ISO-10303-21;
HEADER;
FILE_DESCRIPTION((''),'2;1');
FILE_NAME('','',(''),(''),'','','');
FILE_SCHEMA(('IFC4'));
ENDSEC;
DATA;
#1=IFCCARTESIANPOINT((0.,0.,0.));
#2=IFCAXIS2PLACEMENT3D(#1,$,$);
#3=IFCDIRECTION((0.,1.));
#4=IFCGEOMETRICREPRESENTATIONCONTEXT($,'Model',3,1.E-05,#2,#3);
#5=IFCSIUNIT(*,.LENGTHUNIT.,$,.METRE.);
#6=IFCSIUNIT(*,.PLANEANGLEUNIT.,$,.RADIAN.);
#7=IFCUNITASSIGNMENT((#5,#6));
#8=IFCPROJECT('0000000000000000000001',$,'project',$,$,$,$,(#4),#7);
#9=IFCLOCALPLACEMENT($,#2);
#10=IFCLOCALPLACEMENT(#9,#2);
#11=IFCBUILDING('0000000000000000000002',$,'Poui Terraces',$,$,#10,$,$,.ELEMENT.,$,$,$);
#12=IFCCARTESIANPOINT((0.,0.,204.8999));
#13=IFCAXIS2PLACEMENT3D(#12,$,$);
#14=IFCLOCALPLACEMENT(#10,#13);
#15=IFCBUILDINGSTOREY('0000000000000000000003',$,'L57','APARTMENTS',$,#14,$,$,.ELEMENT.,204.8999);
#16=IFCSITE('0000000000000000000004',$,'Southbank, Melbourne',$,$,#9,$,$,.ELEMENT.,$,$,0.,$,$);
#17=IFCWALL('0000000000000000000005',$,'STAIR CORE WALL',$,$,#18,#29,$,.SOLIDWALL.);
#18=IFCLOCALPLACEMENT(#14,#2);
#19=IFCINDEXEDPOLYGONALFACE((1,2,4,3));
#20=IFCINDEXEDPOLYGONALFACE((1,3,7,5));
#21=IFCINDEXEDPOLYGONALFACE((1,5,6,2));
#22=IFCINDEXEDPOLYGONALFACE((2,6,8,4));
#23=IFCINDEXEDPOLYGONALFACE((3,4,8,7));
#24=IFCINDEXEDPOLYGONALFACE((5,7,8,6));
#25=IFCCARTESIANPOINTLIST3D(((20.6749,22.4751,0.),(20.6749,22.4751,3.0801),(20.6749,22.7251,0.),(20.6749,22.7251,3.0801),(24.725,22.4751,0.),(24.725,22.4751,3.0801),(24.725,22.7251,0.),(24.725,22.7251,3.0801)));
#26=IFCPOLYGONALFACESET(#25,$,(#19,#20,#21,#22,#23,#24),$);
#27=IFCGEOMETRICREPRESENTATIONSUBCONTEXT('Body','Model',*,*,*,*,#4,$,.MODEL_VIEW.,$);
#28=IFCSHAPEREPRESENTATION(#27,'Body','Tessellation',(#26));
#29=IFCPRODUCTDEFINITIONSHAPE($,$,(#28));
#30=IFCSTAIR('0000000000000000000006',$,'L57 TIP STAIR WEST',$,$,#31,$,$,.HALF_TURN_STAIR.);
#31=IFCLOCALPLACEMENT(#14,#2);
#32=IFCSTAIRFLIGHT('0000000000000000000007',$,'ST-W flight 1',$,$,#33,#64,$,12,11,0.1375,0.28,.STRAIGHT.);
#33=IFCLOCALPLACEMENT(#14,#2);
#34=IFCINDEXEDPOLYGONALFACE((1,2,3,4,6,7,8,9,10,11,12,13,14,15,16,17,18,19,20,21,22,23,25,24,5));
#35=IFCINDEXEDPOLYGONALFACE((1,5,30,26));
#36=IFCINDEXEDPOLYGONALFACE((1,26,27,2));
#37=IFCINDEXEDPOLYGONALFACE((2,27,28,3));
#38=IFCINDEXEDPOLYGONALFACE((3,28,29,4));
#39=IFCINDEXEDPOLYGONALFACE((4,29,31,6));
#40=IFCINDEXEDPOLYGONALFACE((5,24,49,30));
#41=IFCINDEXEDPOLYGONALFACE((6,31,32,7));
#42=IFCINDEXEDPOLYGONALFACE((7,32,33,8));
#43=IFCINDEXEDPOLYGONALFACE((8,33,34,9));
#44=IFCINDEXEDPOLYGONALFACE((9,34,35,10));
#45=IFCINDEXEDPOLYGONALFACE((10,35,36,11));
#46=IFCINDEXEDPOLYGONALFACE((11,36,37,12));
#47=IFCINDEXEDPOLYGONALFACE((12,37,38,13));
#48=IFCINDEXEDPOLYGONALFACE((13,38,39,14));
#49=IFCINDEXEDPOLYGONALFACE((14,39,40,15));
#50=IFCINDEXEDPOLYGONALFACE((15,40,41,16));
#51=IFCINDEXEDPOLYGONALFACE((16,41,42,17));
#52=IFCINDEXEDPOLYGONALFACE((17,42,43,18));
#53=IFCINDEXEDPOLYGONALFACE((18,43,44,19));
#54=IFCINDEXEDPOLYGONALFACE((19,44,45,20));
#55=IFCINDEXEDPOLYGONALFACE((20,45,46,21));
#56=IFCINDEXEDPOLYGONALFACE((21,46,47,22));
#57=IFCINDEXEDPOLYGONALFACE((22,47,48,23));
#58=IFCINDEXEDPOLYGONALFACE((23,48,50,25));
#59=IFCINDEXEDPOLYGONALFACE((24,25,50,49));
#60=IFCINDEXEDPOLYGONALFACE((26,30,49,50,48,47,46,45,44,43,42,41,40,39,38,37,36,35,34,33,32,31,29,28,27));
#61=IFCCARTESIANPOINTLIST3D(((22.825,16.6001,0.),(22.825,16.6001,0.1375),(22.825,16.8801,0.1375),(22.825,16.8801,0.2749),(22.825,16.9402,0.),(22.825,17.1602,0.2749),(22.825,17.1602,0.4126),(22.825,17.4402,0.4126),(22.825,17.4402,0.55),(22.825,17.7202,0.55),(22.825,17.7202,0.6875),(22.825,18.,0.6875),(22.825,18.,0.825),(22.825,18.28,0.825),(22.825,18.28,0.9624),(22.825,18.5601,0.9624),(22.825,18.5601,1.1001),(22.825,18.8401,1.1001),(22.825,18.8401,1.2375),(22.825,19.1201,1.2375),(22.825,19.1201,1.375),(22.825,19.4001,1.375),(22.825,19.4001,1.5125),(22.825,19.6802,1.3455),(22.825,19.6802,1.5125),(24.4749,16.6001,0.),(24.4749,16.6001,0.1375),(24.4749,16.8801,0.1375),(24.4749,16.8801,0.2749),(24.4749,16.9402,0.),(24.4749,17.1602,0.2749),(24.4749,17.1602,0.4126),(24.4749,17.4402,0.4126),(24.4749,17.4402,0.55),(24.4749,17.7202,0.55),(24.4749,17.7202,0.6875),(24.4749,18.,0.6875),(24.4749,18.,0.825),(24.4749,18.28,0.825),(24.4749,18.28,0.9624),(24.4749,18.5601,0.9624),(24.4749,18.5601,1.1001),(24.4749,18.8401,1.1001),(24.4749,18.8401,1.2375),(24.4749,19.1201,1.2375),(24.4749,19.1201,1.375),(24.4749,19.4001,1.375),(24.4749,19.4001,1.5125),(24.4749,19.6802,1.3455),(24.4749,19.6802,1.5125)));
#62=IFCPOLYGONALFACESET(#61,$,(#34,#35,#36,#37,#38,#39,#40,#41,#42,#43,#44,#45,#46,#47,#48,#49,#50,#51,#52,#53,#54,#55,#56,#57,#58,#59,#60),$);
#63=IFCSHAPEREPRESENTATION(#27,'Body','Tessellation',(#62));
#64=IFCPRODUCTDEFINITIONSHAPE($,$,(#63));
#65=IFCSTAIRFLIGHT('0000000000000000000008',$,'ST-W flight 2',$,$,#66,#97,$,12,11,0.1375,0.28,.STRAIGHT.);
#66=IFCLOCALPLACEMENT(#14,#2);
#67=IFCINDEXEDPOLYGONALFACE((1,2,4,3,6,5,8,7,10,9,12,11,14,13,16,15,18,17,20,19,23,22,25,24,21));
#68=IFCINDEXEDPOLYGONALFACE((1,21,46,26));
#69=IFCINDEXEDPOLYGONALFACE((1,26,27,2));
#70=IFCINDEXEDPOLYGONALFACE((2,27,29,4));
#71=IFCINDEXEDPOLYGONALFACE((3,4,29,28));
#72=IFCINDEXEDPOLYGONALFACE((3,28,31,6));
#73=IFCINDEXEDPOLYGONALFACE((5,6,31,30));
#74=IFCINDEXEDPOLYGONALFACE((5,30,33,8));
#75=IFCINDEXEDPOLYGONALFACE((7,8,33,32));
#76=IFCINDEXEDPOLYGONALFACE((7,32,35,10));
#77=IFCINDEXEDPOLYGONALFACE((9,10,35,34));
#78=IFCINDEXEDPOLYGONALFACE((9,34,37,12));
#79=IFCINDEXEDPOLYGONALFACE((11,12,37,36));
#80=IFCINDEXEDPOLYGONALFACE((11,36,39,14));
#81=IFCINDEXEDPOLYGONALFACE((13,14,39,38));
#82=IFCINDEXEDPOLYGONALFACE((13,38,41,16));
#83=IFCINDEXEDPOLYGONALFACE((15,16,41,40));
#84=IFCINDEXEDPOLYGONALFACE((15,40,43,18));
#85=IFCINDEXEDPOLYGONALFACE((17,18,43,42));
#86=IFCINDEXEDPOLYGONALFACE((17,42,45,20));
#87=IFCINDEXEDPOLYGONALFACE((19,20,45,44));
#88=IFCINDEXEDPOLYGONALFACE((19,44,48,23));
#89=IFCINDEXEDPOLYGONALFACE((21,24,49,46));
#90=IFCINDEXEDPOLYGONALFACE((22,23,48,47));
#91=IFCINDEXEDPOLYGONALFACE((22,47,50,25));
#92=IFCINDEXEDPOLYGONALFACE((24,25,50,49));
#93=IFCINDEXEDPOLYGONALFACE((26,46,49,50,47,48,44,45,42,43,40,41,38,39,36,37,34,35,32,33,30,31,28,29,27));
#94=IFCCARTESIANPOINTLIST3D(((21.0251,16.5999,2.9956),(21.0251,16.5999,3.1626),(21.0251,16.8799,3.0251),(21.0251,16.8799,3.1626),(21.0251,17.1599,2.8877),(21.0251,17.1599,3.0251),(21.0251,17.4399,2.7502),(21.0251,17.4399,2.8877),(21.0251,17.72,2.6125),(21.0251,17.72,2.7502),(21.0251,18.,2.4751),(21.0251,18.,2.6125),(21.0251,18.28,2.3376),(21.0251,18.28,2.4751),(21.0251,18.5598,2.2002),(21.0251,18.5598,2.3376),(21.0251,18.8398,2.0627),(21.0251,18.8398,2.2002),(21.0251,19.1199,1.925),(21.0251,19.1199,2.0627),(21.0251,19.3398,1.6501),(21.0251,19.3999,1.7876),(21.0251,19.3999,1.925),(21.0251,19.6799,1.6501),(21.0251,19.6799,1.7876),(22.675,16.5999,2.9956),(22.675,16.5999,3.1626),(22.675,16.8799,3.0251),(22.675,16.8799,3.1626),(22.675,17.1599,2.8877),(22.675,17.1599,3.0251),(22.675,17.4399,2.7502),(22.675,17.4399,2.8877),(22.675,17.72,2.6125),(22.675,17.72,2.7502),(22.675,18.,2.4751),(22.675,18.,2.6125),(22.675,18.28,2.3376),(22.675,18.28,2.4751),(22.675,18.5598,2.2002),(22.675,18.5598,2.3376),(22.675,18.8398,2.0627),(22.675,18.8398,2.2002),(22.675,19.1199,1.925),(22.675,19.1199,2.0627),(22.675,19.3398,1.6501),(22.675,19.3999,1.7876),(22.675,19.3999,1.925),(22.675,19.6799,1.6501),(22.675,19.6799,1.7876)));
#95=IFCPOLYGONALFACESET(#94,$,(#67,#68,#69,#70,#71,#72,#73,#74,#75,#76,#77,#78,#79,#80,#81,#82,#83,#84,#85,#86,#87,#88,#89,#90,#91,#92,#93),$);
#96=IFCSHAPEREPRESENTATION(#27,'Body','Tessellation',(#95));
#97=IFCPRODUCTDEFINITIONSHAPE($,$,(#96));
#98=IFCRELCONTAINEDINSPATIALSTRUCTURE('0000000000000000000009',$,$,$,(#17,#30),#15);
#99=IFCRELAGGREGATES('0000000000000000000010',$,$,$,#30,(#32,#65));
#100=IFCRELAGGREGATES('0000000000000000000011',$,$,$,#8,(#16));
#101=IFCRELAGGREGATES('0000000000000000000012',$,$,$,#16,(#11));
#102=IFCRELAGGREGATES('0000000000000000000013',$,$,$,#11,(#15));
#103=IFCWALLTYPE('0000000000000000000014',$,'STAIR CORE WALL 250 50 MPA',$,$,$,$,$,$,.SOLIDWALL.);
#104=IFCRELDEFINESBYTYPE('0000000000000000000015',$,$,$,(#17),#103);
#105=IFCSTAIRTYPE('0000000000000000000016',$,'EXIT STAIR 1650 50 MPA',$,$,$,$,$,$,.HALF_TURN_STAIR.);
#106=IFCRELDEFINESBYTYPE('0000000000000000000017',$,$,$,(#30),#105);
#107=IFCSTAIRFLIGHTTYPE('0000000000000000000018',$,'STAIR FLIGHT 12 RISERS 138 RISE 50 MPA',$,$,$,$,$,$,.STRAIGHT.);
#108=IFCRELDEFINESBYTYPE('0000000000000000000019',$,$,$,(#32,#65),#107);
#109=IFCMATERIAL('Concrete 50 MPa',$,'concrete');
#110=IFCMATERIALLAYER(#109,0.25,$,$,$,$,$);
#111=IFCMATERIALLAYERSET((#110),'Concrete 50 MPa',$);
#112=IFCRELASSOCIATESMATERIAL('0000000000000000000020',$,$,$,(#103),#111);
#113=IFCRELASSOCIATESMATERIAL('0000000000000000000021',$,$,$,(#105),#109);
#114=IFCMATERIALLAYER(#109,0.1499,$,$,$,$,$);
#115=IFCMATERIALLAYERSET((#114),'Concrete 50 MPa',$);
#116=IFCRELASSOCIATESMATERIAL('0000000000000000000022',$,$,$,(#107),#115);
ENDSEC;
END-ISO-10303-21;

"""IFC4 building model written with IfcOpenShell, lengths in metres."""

from ifc_helpers import new_model, si_unit, direction, frame, frame_2d, origin, place, context, subcontext, project, spatial, polyline, rectangle, outline, extrude, material, layer, layer_set, type_object, element, aggregate, save


model = new_model("IFC4")

# Units and contexts
model_context = context("Model", 3, precision=1e-05, world=origin(), true_north=direction((0.0, 1.0)))
body_context = subcontext(model_context, "Body", "Model", "MODEL_VIEW")
ifc_project = project(units=[si_unit("LENGTHUNIT", "METRE"), si_unit("PLANEANGLEUNIT", "RADIAN")], contexts=[model_context])

# Site, building, storey
site_placement = place(None, origin())
site = spatial("IfcSite", under=ifc_project, at=site_placement, Name="Southbank, Melbourne", CompositionType="ELEMENT", RefElevation=0.0)
building_placement = place(site_placement, origin())
building = spatial("IfcBuilding", under=site, at=building_placement, Name="Poui Terraces", CompositionType="ELEMENT")
storey_placement = place(building_placement, frame((0.0, 0.0, 204.8999)))
storey = spatial("IfcBuildingStorey", under=building, at=storey_placement, Name="L57", Description="APARTMENTS", CompositionType="ELEMENT", Elevation=204.8999)

# Wall
ifc_material_1 = material(Name="Concrete 50 MPa", Category="concrete")
ifc_layer_1 = layer(ifc_material_1, 0.25)
ifc_layer_set_1 = layer_set([ifc_layer_1], Name="Concrete 50 MPa")
wall_type = type_object("IfcWallType", Name="STAIR CORE WALL 250 50 MPA", PredefinedType="SOLIDWALL", material=ifc_layer_set_1)
wall_placement = place(storey_placement, frame((20.675, 22.6001, 0.0), z_axis=(0.0, 0.0, 1.0), x_axis=(1.0, 0.0, 0.0)))
element("IfcWall", 1, at=wall_placement, inside=storey, type_object=wall_type, Name="STAIR CORE WALL", PredefinedType="SOLIDWALL", context=body_context, shape_type="SweptSolid", body=[
    extrude(rectangle(XDim=4.05, YDim=0.25, at=frame_2d((2.0249, 0.0))), origin(), (0.0, 0.0, 1.0), 3.0801),
])

# Stair, stair flights
stair_type = type_object("IfcStairType", Name="EXIT STAIR 1650 50 MPA", PredefinedType="HALF_TURN_STAIR", material=ifc_material_1)
stair_placement = place(storey_placement, origin())
stair = element("IfcStair", 2, at=stair_placement, inside=storey, type_object=stair_type, Name="L57 TIP STAIR WEST", PredefinedType="HALF_TURN_STAIR")
ifc_layer_2 = layer(ifc_material_1, 0.1499)
ifc_layer_set_2 = layer_set([ifc_layer_2], Name="Concrete 50 MPa")
stair_flight_type = type_object("IfcStairFlightType", Name="STAIR FLIGHT 12 RISERS 138 RISE 50 MPA", PredefinedType="STRAIGHT", material=ifc_layer_set_2)
stair_flight_1_placement = place(storey_placement, frame((23.6499, 16.6001, 0.0), z_axis=(0.0, 0.0, 1.0), x_axis=(0.0, 1.0, 0.0)))
stair_flight_1 = element("IfcStairFlight", 3, at=stair_flight_1_placement, type_object=stair_flight_type, Name="ST-W flight 1", NumberOfRisers=12, NumberOfTreads=11, PredefinedType="STRAIGHT", RiserHeight=0.1375, TreadLength=0.28, context=body_context, shape_type="SweptSolid", body=[
    extrude(outline(polyline([(0.0, 0.0), (0.0, 0.1375), (0.28, 0.1375), (0.28, 0.2749), (0.5601, 0.2749), (0.5601, 0.4126), (0.8401, 0.4126), (0.8401, 0.55), (1.1201, 0.55), (1.1201, 0.6875), (1.3999, 0.6875), (1.3999, 0.825), (1.6799, 0.825), (1.6799, 0.9624), (1.96, 0.9624), (1.96, 1.1001), (2.24, 1.1001), (2.24, 1.2375), (2.52, 1.2375), (2.52, 1.375), (2.8, 1.375), (2.8, 1.5125), (3.0801, 1.5125), (3.0801, 1.6499), (3.0801, 1.3455), (0.3401, 0.0), (0.0, 0.0)])), frame((0.0, 0.825, 0.0), z_axis=(0.0, -1.0, 0.0), x_axis=(1.0, 0.0, 0.0)), (0.0, 0.0, 1.0), 1.6499),
])
stair_flight_2_placement = place(storey_placement, frame((21.8501, 19.6799, 1.6501), z_axis=(0.0, 0.0, 1.0), x_axis=(0.0, -1.0, 0.0)))
stair_flight_2 = element("IfcStairFlight", 4, at=stair_flight_2_placement, type_object=stair_flight_type, Name="ST-W flight 2", NumberOfRisers=12, NumberOfTreads=11, PredefinedType="STRAIGHT", RiserHeight=0.1375, TreadLength=0.28, context=body_context, shape_type="SweptSolid", body=[
    extrude(outline(polyline([(0.0, 0.0), (0.0, 0.1375), (0.28, 0.1375), (0.28, 0.2749), (0.5601, 0.2749), (0.5601, 0.4126), (0.8401, 0.4126), (0.8401, 0.55), (1.1201, 0.55), (1.1201, 0.6875), (1.3999, 0.6875), (1.3999, 0.825), (1.6799, 0.825), (1.6799, 0.9624), (1.96, 0.9624), (1.96, 1.1001), (2.24, 1.1001), (2.24, 1.2375), (2.52, 1.2375), (2.52, 1.375), (2.8, 1.375), (2.8, 1.5125), (3.0801, 1.5125), (3.0801, 1.6499), (3.0801, 1.3455), (0.3401, 0.0), (0.0, 0.0)])), frame((0.0, 0.825, 0.0), z_axis=(0.0, -1.0, 0.0), x_axis=(1.0, 0.0, 0.0)), (0.0, 0.0, 1.0), 1.6499),
])
aggregate(stair, [stair_flight_1, stair_flight_2])

save(model, "model.ifc")
